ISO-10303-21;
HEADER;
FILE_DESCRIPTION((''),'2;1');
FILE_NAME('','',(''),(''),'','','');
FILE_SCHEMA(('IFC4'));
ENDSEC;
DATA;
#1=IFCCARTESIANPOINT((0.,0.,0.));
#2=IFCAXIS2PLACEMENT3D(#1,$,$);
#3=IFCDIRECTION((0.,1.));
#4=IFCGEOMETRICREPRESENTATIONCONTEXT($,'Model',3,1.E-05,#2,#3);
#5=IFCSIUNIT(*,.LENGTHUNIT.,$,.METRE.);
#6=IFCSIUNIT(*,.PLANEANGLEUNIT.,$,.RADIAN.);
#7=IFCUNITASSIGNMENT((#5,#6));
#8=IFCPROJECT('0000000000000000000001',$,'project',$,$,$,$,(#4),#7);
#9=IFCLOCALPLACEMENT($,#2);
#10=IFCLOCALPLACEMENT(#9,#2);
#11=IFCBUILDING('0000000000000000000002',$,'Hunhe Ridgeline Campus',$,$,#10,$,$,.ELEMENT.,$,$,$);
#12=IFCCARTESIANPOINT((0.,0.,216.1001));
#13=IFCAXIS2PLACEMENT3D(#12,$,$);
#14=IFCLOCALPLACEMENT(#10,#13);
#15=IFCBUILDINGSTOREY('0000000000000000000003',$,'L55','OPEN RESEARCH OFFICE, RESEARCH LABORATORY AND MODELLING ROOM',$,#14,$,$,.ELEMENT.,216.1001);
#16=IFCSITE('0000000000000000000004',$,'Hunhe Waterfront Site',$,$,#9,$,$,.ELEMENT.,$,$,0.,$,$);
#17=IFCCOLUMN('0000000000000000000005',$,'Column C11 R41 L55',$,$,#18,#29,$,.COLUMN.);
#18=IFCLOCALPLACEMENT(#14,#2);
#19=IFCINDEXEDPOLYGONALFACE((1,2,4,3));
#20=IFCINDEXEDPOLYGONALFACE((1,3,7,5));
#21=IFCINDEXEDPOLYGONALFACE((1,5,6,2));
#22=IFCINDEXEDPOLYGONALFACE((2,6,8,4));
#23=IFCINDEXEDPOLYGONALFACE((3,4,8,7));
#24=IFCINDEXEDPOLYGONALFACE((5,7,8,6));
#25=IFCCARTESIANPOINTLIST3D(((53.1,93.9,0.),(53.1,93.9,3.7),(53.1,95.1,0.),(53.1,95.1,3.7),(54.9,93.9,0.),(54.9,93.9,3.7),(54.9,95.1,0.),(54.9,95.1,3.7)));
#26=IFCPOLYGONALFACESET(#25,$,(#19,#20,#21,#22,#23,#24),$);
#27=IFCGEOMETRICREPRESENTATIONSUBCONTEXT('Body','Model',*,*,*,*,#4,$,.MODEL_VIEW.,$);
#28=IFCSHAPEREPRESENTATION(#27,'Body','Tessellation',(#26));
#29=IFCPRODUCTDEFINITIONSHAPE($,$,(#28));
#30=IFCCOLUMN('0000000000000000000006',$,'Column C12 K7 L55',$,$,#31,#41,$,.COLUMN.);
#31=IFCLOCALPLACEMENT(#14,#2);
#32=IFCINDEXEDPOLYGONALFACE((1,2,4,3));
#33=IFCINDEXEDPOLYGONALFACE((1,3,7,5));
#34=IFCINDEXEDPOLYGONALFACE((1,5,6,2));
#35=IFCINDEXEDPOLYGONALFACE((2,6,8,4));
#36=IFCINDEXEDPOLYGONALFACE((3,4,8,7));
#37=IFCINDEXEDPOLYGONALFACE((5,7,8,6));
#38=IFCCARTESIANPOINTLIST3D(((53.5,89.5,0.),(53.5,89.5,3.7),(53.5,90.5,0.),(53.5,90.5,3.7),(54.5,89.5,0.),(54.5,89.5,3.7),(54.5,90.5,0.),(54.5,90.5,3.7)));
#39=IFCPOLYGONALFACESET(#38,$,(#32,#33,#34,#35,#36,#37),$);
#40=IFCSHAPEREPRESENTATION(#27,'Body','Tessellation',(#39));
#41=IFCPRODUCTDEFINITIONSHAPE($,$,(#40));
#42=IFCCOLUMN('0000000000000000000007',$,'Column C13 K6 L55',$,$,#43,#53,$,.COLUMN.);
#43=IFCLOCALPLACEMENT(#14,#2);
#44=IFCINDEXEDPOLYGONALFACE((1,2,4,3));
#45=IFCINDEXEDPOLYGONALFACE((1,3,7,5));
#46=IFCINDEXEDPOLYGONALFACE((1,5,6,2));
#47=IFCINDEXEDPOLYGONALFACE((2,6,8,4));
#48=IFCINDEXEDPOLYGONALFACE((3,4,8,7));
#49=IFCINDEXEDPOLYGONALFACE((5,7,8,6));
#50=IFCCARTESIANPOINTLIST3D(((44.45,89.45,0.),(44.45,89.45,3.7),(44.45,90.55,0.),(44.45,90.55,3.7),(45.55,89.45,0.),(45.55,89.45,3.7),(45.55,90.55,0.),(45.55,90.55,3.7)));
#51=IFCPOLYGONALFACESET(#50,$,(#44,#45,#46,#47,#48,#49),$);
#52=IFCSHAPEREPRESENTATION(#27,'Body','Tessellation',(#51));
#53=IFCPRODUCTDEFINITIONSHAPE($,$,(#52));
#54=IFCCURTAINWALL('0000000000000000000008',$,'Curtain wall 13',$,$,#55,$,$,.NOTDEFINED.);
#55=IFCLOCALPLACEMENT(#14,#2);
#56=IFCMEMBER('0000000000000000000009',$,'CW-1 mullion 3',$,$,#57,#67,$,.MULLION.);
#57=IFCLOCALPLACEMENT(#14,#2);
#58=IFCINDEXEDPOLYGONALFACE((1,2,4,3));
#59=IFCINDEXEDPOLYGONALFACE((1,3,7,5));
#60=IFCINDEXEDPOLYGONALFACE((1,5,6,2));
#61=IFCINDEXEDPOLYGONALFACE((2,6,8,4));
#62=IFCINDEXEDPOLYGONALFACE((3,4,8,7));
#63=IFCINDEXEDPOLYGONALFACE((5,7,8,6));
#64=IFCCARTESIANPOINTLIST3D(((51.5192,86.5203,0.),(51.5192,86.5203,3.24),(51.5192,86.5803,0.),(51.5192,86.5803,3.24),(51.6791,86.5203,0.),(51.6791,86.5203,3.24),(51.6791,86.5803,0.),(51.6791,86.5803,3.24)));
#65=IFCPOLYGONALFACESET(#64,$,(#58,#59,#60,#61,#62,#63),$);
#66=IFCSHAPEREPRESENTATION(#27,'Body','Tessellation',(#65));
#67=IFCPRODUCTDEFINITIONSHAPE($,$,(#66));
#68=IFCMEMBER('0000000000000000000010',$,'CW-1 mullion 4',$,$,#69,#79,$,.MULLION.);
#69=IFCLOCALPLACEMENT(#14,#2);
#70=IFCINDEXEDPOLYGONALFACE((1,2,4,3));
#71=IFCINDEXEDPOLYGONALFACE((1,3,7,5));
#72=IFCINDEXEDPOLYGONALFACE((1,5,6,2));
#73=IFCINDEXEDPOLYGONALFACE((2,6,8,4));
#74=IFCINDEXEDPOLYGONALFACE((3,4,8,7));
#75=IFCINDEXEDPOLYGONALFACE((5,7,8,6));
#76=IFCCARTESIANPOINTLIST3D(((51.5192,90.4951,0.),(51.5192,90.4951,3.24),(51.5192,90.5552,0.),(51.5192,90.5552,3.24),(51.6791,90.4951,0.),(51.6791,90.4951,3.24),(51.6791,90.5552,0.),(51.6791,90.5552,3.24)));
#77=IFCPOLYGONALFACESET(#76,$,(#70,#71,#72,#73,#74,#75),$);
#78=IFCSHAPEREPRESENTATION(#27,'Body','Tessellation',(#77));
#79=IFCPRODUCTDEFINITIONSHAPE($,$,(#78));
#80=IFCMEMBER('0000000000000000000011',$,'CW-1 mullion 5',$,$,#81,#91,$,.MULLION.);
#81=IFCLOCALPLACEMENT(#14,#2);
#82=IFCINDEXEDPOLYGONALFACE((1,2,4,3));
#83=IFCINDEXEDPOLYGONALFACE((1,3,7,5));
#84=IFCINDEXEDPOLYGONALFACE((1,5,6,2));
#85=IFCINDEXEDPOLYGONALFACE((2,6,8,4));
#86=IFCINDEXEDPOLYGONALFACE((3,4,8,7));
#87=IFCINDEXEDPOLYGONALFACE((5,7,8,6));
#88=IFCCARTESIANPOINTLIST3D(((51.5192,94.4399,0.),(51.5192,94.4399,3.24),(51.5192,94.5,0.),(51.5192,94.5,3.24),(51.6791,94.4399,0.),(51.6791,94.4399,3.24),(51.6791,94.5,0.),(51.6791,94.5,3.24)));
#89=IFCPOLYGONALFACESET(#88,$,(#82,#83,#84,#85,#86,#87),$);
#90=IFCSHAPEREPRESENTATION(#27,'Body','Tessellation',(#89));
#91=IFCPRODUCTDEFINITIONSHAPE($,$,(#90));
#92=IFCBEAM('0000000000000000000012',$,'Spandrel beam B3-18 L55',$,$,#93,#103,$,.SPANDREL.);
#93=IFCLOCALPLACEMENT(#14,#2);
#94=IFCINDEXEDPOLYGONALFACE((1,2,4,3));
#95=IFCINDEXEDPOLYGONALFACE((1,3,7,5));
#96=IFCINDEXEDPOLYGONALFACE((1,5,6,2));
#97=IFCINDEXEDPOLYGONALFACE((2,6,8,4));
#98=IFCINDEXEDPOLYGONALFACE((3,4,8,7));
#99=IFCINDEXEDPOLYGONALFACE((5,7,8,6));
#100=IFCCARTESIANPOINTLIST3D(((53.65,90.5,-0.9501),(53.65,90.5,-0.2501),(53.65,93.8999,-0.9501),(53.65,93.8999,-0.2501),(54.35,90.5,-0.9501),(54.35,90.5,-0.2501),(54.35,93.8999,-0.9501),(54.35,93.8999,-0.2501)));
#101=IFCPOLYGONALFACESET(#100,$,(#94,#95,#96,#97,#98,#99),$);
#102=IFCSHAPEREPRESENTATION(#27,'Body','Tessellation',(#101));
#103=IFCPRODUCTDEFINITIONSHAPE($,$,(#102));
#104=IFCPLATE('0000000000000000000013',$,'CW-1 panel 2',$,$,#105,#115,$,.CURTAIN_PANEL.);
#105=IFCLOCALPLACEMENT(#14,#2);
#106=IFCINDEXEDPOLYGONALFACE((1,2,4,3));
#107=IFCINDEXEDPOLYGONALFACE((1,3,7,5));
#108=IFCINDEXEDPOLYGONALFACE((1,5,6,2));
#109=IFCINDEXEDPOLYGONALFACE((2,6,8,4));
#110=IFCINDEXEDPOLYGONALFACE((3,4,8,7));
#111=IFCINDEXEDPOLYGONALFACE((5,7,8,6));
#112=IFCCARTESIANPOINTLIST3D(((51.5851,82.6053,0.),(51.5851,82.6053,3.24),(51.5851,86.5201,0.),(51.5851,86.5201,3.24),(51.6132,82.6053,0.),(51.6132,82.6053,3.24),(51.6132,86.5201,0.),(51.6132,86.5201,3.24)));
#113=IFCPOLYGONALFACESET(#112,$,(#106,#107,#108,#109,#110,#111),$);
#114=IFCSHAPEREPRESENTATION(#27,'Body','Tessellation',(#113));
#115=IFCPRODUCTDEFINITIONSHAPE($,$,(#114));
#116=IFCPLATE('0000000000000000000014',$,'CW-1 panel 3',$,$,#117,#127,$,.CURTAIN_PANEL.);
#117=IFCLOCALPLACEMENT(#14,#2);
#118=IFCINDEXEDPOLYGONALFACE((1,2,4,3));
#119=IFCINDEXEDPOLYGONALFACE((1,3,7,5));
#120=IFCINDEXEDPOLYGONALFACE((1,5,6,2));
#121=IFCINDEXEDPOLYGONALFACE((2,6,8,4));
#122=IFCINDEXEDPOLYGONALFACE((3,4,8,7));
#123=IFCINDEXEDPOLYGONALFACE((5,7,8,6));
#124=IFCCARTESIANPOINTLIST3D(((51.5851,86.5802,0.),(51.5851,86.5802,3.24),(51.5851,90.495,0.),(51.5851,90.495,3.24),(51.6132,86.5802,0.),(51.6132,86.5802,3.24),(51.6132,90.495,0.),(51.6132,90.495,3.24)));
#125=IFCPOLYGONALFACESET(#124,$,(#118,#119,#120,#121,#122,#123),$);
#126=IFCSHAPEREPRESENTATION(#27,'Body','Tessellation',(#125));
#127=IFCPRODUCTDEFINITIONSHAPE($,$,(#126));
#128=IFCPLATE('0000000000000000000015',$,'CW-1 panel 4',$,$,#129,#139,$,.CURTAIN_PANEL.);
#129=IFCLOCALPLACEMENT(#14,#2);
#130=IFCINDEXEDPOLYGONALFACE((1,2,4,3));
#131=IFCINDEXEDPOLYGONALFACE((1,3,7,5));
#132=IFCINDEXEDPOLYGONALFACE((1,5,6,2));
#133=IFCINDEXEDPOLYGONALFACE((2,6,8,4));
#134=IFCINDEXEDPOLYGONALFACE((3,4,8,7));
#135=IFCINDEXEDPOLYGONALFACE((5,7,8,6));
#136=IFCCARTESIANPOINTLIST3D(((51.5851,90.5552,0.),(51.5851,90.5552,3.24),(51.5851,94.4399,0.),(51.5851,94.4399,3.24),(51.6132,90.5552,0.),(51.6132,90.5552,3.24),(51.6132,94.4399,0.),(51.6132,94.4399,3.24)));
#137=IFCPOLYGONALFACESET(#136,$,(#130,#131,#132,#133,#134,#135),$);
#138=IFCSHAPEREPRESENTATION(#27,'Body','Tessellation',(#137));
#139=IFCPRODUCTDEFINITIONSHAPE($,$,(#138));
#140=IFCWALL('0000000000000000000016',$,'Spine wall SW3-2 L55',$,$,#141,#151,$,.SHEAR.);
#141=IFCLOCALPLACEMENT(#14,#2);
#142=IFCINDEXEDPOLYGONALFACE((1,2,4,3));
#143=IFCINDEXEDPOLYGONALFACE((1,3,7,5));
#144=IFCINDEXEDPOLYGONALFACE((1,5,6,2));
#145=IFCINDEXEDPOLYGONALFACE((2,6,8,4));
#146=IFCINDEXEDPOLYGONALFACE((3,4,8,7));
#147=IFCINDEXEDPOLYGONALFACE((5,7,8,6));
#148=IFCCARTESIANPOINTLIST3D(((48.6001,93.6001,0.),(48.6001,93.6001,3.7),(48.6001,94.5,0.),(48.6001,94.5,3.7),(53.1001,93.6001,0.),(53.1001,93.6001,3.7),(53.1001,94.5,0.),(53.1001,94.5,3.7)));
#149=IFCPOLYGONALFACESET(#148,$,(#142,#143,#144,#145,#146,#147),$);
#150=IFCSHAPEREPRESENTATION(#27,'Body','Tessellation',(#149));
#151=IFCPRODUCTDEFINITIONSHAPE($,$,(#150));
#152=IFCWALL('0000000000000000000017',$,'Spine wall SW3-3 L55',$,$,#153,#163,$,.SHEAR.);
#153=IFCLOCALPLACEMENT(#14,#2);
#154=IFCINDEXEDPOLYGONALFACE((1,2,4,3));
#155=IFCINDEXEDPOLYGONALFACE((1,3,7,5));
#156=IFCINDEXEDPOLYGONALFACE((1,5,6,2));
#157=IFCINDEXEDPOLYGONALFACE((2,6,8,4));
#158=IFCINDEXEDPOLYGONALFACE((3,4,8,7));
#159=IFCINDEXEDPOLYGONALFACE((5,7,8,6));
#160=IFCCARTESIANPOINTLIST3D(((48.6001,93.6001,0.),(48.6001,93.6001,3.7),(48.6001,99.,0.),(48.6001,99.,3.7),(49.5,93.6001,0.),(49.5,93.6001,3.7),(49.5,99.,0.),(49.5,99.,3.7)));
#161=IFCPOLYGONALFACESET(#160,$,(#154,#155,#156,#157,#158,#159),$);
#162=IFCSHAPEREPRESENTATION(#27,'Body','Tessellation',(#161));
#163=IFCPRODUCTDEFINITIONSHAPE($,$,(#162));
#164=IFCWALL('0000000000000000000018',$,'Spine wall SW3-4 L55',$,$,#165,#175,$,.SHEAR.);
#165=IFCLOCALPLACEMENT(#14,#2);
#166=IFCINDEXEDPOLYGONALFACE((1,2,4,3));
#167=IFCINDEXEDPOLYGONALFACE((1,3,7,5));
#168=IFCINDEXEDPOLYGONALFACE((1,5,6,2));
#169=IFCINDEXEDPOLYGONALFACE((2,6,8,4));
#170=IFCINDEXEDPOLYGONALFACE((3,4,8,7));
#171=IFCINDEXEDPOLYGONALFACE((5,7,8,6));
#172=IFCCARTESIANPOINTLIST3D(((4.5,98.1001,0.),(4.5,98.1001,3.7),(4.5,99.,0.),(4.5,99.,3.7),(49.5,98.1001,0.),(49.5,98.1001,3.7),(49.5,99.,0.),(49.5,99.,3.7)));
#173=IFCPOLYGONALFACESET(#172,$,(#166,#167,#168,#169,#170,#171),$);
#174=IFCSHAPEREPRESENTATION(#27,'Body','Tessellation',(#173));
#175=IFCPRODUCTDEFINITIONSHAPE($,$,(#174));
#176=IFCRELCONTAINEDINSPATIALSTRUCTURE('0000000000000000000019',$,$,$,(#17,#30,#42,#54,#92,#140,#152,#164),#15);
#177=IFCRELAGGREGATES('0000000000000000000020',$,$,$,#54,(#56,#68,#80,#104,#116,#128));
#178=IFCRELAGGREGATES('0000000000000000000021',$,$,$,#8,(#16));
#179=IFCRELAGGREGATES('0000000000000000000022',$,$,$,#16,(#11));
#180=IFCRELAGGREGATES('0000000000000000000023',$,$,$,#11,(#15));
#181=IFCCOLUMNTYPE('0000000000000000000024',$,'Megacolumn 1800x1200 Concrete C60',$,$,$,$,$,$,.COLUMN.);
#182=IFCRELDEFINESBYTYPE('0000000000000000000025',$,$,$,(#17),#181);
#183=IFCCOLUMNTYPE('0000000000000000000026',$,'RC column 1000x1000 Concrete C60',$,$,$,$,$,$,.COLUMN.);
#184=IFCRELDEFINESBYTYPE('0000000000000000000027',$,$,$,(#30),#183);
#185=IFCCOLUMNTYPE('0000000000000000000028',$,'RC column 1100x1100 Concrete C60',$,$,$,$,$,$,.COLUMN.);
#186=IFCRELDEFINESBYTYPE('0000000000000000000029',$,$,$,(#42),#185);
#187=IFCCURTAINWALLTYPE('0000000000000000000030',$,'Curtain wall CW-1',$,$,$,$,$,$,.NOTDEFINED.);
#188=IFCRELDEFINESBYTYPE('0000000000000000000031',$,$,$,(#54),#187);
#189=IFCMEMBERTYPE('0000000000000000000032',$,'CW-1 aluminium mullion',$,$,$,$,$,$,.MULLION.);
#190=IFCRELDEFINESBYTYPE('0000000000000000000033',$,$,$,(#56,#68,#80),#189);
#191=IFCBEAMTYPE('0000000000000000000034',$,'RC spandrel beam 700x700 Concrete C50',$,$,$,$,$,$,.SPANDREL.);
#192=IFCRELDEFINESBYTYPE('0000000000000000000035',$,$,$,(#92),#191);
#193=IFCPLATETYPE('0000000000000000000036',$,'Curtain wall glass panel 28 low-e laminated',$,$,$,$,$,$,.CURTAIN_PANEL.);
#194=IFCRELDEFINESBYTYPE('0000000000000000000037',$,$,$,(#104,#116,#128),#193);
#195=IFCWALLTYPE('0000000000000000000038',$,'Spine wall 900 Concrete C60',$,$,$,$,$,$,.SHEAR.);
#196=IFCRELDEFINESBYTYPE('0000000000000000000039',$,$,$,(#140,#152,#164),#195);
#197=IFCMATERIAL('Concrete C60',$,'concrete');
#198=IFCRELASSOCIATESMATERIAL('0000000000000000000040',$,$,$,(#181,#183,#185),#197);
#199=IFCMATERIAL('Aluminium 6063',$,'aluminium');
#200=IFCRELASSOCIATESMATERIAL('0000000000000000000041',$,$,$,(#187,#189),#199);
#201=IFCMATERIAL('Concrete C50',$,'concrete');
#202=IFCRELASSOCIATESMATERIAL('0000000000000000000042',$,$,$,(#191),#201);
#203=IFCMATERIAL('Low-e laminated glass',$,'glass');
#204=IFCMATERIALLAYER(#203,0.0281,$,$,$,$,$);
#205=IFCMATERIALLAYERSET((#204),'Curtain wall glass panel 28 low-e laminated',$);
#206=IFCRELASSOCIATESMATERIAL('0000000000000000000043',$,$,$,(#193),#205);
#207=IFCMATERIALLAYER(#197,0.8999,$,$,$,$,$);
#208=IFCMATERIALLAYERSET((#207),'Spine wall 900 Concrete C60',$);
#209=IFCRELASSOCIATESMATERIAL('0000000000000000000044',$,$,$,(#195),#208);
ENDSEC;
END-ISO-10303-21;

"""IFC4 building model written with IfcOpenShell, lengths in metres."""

from ifc_helpers import new_model, si_unit, direction, frame, frame_2d, origin, origin_2d, place, context, subcontext, project, spatial, rectangle, extrude, material, layer, layer_set, material_profile, profile_set, type_object, element, aggregate, save


model = new_model("IFC4")

# Units and contexts
model_context = context("Model", 3, precision=1e-05, world=origin(), true_north=direction((0.0, 1.0)))
body_context = subcontext(model_context, "Body", "Model", "MODEL_VIEW")
ifc_project = project(units=[si_unit("LENGTHUNIT", "METRE"), si_unit("PLANEANGLEUNIT", "RADIAN")], contexts=[model_context])

# Site, building, storey
site_placement = place(None, origin())
site = spatial("IfcSite", under=ifc_project, at=site_placement, Name="Hunhe Waterfront Site", CompositionType="ELEMENT", RefElevation=0.0)
building_placement = place(site_placement, origin())
building = spatial("IfcBuilding", under=site, at=building_placement, Name="Hunhe Ridgeline Campus", CompositionType="ELEMENT")
storey_placement = place(building_placement, frame((0.0, 0.0, 216.1001)))
storey = spatial("IfcBuildingStorey", under=building, at=storey_placement, Name="L55", Description="OPEN RESEARCH OFFICE, RESEARCH LABORATORY AND MODELLING ROOM", CompositionType="ELEMENT", Elevation=216.1001)

# Columns
ifc_material_1 = material(Name="Concrete C60", Category="concrete")
ifc_material_profile_1 = material_profile(ifc_material_1, rectangle(XDim=1.8, YDim=1.2, at=origin_2d()))
ifc_profile_set_1 = profile_set([ifc_material_profile_1], Name="Concrete C60")
column_type_1 = type_object("IfcColumnType", Name="Megacolumn 1800x1200 Concrete C60", PredefinedType="COLUMN", material=ifc_profile_set_1)
column_1_placement = place(storey_placement, frame((54.0, 94.5, 0.0), z_axis=(0.0, 0.0, 1.0), x_axis=(1.0, 0.0, 0.0)))
element("IfcColumn", 1, at=column_1_placement, inside=storey, type_object=column_type_1, Name="Column C11 R41 L55", PredefinedType="COLUMN", context=body_context, shape_type="SweptSolid", body=[
    extrude(rectangle(XDim=1.8, YDim=1.2, at=origin_2d()), origin(), (0.0, 0.0, 1.0), 3.7),
])
ifc_material_profile_2 = material_profile(ifc_material_1, rectangle(XDim=1.0, YDim=1.0, at=origin_2d()))
ifc_profile_set_2 = profile_set([ifc_material_profile_2], Name="Concrete C60")
column_type_2 = type_object("IfcColumnType", Name="RC column 1000x1000 Concrete C60", PredefinedType="COLUMN", material=ifc_profile_set_2)
column_2_placement = place(storey_placement, frame((54.0, 90.0, 0.0), z_axis=(0.0, 0.0, 1.0), x_axis=(1.0, 0.0, 0.0)))
element("IfcColumn", 2, at=column_2_placement, inside=storey, type_object=column_type_2, Name="Column C12 K7 L55", PredefinedType="COLUMN", context=body_context, shape_type="SweptSolid", body=[
    extrude(rectangle(XDim=1.0, YDim=1.0, at=origin_2d()), origin(), (0.0, 0.0, 1.0), 3.7),
])
ifc_material_profile_3 = material_profile(ifc_material_1, rectangle(XDim=1.1001, YDim=1.1001, at=origin_2d()))
ifc_profile_set_3 = profile_set([ifc_material_profile_3], Name="Concrete C60")
column_type_3 = type_object("IfcColumnType", Name="RC column 1100x1100 Concrete C60", PredefinedType="COLUMN", material=ifc_profile_set_3)
column_3_placement = place(storey_placement, frame((45.0, 90.0, 0.0), z_axis=(0.0, 0.0, 1.0), x_axis=(1.0, 0.0, 0.0)))
element("IfcColumn", 3, at=column_3_placement, inside=storey, type_object=column_type_3, Name="Column C13 K6 L55", PredefinedType="COLUMN", context=body_context, shape_type="SweptSolid", body=[
    extrude(rectangle(XDim=1.1001, YDim=1.1001, at=origin_2d()), origin(), (0.0, 0.0, 1.0), 3.7),
])

# Curtain wall, members
ifc_material_2 = material(Name="Aluminium 6063", Category="aluminium")
curtain_wall_type = type_object("IfcCurtainWallType", Name="Curtain wall CW-1", PredefinedType="NOTDEFINED", material=ifc_material_2)
curtain_wall_placement = place(storey_placement, origin())
curtain_wall = element("IfcCurtainWall", 4, at=curtain_wall_placement, inside=storey, type_object=curtain_wall_type, Name="Curtain wall 13", PredefinedType="NOTDEFINED")
ifc_material_profile_4 = material_profile(ifc_material_2, rectangle(XDim=0.1599, YDim=0.0601, at=origin_2d()))
ifc_profile_set_4 = profile_set([ifc_material_profile_4], Name="Aluminium 6063")
member_type = type_object("IfcMemberType", Name="CW-1 aluminium mullion", PredefinedType="MULLION", material=ifc_profile_set_4)
member_1_placement = place(storey_placement, frame((51.5991, 86.5503, 0.0), z_axis=(0.0, 0.0, 1.0), x_axis=(-1.0, 0.0, 0.0)))
member_1 = element("IfcMember", 5, at=member_1_placement, type_object=member_type, Name="CW-1 mullion 3", PredefinedType="MULLION", context=body_context, shape_type="SweptSolid", body=[
    extrude(rectangle(XDim=0.1599, YDim=0.0601, at=origin_2d()), origin(), (0.0, 0.0, 1.0), 3.24),
])
member_2_placement = place(storey_placement, frame((51.5991, 90.5251, 0.0), z_axis=(0.0, 0.0, 1.0), x_axis=(-1.0, 0.0, 0.0)))
member_2 = element("IfcMember", 6, at=member_2_placement, type_object=member_type, Name="CW-1 mullion 4", PredefinedType="MULLION", context=body_context, shape_type="SweptSolid", body=[
    extrude(rectangle(XDim=0.1599, YDim=0.0601, at=origin_2d()), origin(), (0.0, 0.0, 1.0), 3.24),
])
member_3_placement = place(storey_placement, frame((51.5991, 94.47, 0.0), z_axis=(0.0, 0.0, 1.0), x_axis=(-1.0, 0.0, 0.0)))
member_3 = element("IfcMember", 7, at=member_3_placement, type_object=member_type, Name="CW-1 mullion 5", PredefinedType="MULLION", context=body_context, shape_type="SweptSolid", body=[
    extrude(rectangle(XDim=0.1599, YDim=0.0601, at=origin_2d()), origin(), (0.0, 0.0, 1.0), 3.24),
])

# Beam
ifc_material_3 = material(Name="Concrete C50", Category="concrete")
ifc_material_profile_5 = material_profile(ifc_material_3, rectangle(XDim=0.7, YDim=0.7, at=origin_2d()))
ifc_profile_set_5 = profile_set([ifc_material_profile_5], Name="Concrete C50")
beam_type = type_object("IfcBeamType", Name="RC spandrel beam 700x700 Concrete C50", PredefinedType="SPANDREL", material=ifc_profile_set_5)
beam_placement = place(storey_placement, frame((54.0, 90.5, -0.6001), z_axis=(0.0, 1.0, 0.0), x_axis=(-1.0, 0.0, 0.0)))
element("IfcBeam", 8, at=beam_placement, inside=storey, type_object=beam_type, Name="Spandrel beam B3-18 L55", PredefinedType="SPANDREL", context=body_context, shape_type="SweptSolid", body=[
    extrude(rectangle(XDim=0.7, YDim=0.7, at=origin_2d()), origin(), (0.0, 0.0, 1.0), 3.3999),
])

# Plates
ifc_material_4 = material(Name="Low-e laminated glass", Category="glass")
ifc_layer_1 = layer(ifc_material_4, 0.0281)
ifc_layer_set_1 = layer_set([ifc_layer_1], Name="Curtain wall glass panel 28 low-e laminated")
plate_type = type_object("IfcPlateType", Name="Curtain wall glass panel 28 low-e laminated", PredefinedType="CURTAIN_PANEL", material=ifc_layer_set_1)
plate_1_placement = place(storey_placement, frame((51.5991, 84.5627, 0.0), z_axis=(0.0, 0.0, 1.0), x_axis=(0.0, 1.0, 0.0)))
plate_1 = element("IfcPlate", 9, at=plate_1_placement, type_object=plate_type, Name="CW-1 panel 2", PredefinedType="CURTAIN_PANEL", context=body_context, shape_type="SweptSolid", body=[
    extrude(rectangle(XDim=3.9148, YDim=0.0281, at=origin_2d()), origin(), (0.0, 0.0, 1.0), 3.24),
])
plate_2_placement = place(storey_placement, frame((51.5991, 88.5376, 0.0), z_axis=(0.0, 0.0, 1.0), x_axis=(0.0, 1.0, 0.0)))
plate_2 = element("IfcPlate", 10, at=plate_2_placement, type_object=plate_type, Name="CW-1 panel 3", PredefinedType="CURTAIN_PANEL", context=body_context, shape_type="SweptSolid", body=[
    extrude(rectangle(XDim=3.9148, YDim=0.0281, at=origin_2d()), origin(), (0.0, 0.0, 1.0), 3.24),
])
plate_3_placement = place(storey_placement, frame((51.5991, 92.4976, 0.0), z_axis=(0.0, 0.0, 1.0), x_axis=(0.0, 1.0, 0.0)))
plate_3 = element("IfcPlate", 11, at=plate_3_placement, type_object=plate_type, Name="CW-1 panel 4", PredefinedType="CURTAIN_PANEL", context=body_context, shape_type="SweptSolid", body=[
    extrude(rectangle(XDim=3.8848, YDim=0.0281, at=origin_2d()), origin(), (0.0, 0.0, 1.0), 3.24),
])
aggregate(curtain_wall, [member_1, member_2, member_3, plate_1, plate_2, plate_3])

# Walls
ifc_layer_2 = layer(ifc_material_1, 0.8999)
ifc_layer_set_2 = layer_set([ifc_layer_2], Name="Spine wall 900 Concrete C60")
wall_type_1 = type_object("IfcWallType", Name="Spine wall 900 Concrete C60", PredefinedType="SHEAR", material=ifc_layer_set_2)
wall_1_placement = place(storey_placement, frame((53.1001, 94.05, 0.0), z_axis=(0.0, 0.0, 1.0), x_axis=(-1.0, 0.0, 0.0)))
element("IfcWall", 12, at=wall_1_placement, inside=storey, type_object=wall_type_1, Name="Spine wall SW3-2 L55", PredefinedType="SHEAR", context=body_context, shape_type="SweptSolid", body=[
    extrude(rectangle(XDim=4.5, YDim=0.8999, at=frame_2d((2.25, 0.0))), origin(), (0.0, 0.0, 1.0), 3.7),
])
wall_2_placement = place(storey_placement, frame((49.05, 93.6001, 0.0), z_axis=(0.0, 0.0, 1.0), x_axis=(0.0, 1.0, 0.0)))
element("IfcWall", 13, at=wall_2_placement, inside=storey, type_object=wall_type_1, Name="Spine wall SW3-3 L55", PredefinedType="SHEAR", context=body_context, shape_type="SweptSolid", body=[
    extrude(rectangle(XDim=5.3999, YDim=0.8999, at=frame_2d((2.7, 0.0))), origin(), (0.0, 0.0, 1.0), 3.7),
])
wall_3_placement = place(storey_placement, frame((49.5, 98.55, 0.0), z_axis=(0.0, 0.0, 1.0), x_axis=(-1.0, 0.0, 0.0)))
element("IfcWall", 14, at=wall_3_placement, inside=storey, type_object=wall_type_1, Name="Spine wall SW3-4 L55", PredefinedType="SHEAR", context=body_context, shape_type="SweptSolid", body=[
    extrude(rectangle(XDim=45.0, YDim=0.8999, at=frame_2d((22.5, 0.0))), origin(), (0.0, 0.0, 1.0), 3.7),
])

save(model, "model.ifc")
